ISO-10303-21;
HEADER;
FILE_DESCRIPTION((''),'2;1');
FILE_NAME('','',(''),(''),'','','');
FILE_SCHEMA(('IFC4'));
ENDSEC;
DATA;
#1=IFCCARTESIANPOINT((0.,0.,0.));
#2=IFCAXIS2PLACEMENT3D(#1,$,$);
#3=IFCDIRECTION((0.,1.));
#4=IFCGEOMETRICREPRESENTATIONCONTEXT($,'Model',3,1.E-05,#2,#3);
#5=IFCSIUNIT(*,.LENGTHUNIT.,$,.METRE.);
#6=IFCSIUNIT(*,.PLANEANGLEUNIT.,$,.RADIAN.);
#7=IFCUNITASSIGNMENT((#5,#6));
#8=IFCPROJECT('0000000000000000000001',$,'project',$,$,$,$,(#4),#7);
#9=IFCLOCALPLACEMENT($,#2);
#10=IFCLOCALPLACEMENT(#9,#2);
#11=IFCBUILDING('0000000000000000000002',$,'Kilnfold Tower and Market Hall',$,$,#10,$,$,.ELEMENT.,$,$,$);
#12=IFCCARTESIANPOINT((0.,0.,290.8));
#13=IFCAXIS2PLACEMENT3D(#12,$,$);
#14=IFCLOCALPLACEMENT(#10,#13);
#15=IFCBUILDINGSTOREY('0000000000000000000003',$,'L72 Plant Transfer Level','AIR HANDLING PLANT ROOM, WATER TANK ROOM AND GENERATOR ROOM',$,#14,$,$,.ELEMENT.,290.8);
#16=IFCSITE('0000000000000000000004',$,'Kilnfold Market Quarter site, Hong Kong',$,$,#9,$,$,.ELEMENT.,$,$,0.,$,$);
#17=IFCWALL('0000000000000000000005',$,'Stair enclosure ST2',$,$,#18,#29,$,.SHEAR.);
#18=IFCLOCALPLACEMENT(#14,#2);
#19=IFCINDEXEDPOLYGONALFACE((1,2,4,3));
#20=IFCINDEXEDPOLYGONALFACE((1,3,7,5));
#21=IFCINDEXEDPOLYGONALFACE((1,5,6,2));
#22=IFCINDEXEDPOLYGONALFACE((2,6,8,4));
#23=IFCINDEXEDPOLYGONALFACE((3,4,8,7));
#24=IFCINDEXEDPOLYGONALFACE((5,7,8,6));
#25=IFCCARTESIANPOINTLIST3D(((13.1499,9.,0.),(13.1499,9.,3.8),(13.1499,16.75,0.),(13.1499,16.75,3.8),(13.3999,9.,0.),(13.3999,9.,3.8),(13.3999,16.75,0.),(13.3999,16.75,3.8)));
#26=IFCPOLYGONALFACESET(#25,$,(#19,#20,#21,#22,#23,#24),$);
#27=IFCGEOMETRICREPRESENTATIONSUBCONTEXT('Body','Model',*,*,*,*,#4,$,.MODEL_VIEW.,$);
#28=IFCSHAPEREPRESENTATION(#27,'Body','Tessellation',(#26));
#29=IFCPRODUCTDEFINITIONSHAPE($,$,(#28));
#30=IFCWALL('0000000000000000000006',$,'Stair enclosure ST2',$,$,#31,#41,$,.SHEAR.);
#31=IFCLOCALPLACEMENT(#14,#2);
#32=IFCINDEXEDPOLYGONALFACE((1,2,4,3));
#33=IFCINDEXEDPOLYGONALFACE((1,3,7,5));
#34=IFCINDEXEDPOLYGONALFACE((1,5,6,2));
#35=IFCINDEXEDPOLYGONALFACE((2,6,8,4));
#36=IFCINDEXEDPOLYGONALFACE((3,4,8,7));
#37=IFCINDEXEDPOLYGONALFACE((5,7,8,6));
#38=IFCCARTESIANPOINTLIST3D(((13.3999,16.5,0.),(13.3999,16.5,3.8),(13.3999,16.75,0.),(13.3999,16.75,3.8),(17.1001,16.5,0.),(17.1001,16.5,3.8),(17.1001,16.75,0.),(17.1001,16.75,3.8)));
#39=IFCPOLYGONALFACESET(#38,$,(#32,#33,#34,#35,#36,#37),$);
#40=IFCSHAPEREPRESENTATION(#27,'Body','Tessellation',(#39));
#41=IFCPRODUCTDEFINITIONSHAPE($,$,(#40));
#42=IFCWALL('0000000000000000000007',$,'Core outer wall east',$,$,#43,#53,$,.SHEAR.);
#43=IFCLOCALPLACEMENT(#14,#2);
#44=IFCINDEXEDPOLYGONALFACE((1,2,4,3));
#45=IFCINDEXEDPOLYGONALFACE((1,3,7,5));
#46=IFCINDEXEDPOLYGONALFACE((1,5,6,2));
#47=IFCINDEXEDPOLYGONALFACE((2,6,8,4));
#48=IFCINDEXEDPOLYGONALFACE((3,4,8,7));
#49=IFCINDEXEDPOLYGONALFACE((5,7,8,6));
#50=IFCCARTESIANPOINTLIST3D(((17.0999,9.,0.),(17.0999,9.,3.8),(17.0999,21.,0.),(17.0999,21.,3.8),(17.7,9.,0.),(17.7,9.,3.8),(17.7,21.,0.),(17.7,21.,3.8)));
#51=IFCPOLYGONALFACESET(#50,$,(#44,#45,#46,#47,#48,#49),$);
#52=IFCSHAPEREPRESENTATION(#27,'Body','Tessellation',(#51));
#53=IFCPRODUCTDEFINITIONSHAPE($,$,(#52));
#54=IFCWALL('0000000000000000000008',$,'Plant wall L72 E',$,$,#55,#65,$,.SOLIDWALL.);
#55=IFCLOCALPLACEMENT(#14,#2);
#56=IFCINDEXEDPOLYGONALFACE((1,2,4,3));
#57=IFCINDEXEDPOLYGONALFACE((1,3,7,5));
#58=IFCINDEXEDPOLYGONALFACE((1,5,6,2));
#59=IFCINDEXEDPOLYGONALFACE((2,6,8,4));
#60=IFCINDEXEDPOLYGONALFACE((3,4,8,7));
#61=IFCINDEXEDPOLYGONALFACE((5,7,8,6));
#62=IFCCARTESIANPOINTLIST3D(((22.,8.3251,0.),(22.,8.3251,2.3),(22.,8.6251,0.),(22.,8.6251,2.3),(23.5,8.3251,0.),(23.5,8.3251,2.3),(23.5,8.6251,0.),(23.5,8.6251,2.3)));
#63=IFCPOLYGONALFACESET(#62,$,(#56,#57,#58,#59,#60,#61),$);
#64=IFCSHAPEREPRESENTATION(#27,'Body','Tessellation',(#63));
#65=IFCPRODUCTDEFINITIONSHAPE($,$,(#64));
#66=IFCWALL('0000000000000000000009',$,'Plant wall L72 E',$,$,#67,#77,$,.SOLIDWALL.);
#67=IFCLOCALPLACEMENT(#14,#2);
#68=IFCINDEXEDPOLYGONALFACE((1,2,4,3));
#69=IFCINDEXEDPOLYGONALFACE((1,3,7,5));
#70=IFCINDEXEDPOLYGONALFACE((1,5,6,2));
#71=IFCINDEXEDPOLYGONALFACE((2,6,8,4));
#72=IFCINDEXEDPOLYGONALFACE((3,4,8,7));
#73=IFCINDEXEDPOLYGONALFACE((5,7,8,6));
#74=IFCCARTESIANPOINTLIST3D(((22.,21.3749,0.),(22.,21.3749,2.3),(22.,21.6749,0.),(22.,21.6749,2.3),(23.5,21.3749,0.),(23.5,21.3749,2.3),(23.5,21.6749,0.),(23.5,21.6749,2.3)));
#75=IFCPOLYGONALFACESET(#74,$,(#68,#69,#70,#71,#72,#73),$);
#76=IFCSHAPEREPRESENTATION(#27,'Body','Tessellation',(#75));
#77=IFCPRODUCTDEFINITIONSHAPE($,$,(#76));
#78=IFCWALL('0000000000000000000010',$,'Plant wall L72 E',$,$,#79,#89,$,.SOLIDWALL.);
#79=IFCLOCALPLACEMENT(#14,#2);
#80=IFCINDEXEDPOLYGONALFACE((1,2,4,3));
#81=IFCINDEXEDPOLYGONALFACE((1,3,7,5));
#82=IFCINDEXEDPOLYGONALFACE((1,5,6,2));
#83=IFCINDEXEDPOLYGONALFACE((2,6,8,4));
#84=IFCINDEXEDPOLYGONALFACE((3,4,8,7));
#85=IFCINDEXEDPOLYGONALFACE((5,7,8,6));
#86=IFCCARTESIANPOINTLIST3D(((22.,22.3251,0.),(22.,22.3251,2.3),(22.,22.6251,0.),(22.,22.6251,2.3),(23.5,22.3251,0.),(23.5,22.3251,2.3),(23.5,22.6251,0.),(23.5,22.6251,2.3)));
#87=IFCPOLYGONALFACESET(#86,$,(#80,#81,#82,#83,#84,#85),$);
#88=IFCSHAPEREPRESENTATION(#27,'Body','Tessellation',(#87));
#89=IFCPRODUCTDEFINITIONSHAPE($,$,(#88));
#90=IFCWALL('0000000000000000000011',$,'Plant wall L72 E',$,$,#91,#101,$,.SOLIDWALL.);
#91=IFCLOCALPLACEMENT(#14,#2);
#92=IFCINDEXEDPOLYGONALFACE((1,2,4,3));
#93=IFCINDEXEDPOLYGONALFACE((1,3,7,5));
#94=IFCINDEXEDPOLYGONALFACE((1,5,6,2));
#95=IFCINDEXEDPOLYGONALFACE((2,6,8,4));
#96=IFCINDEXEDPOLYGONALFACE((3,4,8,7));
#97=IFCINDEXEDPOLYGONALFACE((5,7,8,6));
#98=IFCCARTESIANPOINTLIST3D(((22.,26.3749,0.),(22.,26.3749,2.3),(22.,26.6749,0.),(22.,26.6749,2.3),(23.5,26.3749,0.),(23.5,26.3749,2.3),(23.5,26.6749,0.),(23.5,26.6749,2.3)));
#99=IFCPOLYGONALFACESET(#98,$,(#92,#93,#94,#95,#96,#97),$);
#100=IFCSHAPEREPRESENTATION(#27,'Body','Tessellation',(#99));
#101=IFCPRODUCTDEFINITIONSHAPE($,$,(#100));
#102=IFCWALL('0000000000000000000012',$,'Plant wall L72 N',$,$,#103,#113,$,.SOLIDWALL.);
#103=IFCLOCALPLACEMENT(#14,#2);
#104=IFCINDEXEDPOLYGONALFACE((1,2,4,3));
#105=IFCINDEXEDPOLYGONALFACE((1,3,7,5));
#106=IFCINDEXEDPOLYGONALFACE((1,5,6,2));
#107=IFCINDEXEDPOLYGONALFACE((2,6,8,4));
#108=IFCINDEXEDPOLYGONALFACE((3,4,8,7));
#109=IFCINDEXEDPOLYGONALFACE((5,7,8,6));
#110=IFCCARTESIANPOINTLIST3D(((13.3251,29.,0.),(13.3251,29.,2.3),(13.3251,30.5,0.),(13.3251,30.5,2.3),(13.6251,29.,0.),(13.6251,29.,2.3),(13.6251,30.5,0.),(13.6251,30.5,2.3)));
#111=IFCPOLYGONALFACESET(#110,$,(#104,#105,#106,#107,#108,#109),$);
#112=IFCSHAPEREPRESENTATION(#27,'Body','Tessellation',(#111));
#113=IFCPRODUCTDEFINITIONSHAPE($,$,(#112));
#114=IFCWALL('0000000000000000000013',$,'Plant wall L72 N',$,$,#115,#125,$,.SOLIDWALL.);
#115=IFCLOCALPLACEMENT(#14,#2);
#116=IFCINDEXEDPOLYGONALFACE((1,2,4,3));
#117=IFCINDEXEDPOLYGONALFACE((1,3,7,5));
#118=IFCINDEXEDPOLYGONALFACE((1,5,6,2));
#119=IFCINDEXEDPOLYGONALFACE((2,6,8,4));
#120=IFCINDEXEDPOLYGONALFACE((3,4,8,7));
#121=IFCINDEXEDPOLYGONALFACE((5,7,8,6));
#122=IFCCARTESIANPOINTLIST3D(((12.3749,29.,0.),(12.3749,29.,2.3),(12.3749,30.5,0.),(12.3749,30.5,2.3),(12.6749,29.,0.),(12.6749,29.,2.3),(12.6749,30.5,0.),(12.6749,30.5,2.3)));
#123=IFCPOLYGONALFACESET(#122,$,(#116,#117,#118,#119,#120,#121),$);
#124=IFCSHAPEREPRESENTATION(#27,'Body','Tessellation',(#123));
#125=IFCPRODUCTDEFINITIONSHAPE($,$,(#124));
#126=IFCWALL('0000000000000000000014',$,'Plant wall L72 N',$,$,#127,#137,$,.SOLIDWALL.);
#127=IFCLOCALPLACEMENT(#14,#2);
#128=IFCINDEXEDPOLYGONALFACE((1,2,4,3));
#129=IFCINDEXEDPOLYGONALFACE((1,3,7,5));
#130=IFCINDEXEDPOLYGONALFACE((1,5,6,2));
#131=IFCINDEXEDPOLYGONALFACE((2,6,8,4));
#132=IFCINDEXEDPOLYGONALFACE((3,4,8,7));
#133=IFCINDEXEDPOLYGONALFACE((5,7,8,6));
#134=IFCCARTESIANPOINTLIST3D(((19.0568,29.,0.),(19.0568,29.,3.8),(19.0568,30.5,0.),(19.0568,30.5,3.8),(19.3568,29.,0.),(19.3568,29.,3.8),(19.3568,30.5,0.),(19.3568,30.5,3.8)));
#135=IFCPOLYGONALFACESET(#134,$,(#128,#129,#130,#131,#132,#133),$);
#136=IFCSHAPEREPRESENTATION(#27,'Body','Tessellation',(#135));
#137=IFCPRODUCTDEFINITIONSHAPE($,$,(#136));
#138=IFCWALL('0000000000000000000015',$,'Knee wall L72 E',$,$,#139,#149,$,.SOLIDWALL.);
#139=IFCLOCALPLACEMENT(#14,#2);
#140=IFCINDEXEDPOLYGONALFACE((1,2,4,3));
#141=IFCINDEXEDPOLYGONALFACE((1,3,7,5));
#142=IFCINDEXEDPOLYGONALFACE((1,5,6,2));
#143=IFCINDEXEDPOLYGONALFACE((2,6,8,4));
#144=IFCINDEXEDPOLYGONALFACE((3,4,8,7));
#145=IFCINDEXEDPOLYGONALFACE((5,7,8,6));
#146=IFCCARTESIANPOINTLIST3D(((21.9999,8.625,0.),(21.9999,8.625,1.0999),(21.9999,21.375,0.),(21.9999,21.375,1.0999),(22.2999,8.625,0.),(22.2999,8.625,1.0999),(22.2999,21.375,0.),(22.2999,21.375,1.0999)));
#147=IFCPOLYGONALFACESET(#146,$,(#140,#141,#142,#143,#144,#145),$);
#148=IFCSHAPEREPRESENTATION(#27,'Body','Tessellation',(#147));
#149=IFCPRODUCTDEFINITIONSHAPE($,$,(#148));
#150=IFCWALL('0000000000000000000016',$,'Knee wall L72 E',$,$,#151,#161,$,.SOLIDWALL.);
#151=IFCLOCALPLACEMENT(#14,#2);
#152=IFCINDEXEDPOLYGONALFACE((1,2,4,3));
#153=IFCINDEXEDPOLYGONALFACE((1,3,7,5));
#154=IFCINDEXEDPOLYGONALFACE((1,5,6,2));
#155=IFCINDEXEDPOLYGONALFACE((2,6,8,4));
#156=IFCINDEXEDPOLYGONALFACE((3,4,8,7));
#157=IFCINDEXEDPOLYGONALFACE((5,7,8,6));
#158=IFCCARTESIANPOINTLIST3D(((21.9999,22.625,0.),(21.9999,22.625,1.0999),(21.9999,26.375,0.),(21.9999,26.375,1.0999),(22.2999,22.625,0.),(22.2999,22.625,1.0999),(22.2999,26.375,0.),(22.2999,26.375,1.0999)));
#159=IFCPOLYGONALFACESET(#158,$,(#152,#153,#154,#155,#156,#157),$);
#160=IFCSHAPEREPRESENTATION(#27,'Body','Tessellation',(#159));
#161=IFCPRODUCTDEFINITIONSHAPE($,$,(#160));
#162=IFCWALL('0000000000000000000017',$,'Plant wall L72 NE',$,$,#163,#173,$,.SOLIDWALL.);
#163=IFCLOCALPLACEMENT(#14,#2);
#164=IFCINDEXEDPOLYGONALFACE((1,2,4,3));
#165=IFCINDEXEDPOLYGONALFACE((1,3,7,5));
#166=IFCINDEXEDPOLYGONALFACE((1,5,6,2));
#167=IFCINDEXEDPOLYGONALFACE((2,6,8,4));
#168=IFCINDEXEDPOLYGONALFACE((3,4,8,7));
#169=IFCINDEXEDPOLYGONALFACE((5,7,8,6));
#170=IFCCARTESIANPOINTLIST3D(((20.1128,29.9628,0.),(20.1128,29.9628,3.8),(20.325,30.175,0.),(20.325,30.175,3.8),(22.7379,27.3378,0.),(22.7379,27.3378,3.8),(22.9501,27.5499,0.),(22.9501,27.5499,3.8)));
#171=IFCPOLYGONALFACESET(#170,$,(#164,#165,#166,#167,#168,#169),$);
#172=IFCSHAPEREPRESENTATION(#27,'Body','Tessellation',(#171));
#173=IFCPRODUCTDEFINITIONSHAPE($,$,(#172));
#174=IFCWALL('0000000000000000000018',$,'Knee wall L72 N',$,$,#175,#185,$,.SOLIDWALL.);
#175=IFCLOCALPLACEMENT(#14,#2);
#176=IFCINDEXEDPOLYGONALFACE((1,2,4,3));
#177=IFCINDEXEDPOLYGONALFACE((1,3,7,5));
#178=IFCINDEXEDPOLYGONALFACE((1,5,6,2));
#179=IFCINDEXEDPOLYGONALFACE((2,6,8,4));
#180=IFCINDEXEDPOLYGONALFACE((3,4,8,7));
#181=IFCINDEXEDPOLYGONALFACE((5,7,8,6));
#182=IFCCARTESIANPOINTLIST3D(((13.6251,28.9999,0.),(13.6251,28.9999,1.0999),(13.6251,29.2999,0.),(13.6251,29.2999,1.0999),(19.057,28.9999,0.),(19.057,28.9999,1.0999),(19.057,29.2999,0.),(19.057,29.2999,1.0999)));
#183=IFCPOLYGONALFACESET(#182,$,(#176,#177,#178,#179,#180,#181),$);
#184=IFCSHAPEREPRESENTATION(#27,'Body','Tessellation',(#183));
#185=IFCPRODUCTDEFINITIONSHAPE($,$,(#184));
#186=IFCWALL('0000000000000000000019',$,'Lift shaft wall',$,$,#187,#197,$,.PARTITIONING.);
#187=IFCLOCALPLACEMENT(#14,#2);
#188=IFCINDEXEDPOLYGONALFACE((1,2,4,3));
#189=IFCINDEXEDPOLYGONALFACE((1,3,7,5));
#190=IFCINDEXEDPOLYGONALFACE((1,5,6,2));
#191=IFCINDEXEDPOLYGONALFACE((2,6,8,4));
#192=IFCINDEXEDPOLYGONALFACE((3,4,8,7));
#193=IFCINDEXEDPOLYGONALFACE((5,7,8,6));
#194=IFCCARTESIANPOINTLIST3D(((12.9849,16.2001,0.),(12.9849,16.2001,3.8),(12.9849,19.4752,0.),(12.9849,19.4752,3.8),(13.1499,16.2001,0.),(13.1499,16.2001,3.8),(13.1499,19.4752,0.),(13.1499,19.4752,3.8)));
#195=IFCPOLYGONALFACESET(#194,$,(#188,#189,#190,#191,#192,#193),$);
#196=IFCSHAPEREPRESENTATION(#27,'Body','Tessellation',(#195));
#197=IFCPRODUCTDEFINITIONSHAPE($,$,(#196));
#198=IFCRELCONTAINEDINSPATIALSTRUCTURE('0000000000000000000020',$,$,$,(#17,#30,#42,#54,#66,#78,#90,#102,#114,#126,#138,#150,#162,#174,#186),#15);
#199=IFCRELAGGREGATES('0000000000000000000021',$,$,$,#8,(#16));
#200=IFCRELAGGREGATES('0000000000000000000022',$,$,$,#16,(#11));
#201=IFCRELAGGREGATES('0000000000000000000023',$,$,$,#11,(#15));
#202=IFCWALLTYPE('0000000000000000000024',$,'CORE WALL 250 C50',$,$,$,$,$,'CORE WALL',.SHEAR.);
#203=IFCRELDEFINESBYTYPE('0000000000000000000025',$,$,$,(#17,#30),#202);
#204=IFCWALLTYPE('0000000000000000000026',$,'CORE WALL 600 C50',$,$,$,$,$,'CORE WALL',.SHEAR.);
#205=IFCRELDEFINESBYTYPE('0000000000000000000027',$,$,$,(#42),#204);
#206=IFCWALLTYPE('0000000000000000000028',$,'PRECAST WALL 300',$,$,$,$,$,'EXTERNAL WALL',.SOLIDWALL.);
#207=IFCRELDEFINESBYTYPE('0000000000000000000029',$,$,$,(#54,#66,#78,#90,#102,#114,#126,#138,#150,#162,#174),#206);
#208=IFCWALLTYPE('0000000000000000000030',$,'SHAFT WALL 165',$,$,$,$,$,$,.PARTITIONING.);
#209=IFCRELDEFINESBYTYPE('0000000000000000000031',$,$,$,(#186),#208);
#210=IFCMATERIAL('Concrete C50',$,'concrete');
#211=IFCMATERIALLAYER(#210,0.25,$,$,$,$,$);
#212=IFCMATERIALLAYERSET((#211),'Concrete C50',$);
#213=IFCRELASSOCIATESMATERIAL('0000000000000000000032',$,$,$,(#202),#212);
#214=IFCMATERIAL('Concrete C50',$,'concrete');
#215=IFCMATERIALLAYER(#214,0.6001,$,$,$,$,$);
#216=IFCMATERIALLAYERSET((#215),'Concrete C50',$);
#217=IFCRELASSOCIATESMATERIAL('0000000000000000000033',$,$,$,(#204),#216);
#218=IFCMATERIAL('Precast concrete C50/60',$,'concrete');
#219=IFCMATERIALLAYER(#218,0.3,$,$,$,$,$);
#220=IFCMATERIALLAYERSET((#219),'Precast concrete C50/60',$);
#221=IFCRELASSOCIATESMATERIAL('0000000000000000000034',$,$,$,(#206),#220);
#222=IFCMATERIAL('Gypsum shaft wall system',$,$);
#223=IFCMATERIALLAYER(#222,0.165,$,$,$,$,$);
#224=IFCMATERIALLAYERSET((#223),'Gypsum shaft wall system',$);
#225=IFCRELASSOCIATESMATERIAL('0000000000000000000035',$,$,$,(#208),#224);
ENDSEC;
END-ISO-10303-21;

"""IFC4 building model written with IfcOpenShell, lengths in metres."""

from ifc_helpers import new_model, si_unit, direction, frame, frame_2d, origin, place, context, subcontext, project, spatial, rectangle, extrude, source, transform, mapped, material, layer, layer_set, type_object, element, save


model = new_model("IFC4")

# Units and contexts
model_context = context("Model", 3, precision=1e-05, world=origin(), true_north=direction((0.0, 1.0)))
body_context = subcontext(model_context, "Body", "Model", "MODEL_VIEW")
ifc_project = project(units=[si_unit("LENGTHUNIT", "METRE"), si_unit("PLANEANGLEUNIT", "RADIAN")], contexts=[model_context])

# Site, building, storey
site_placement = place(None, origin())
site = spatial("IfcSite", under=ifc_project, at=site_placement, Name="Kilnfold Market Quarter site, Hong Kong", CompositionType="ELEMENT", RefElevation=0.0)
building_placement = place(site_placement, origin())
building = spatial("IfcBuilding", under=site, at=building_placement, Name="Kilnfold Tower and Market Hall", CompositionType="ELEMENT")
storey_placement = place(building_placement, frame((0.0, 0.0, 290.8)))
storey = spatial("IfcBuildingStorey", under=building, at=storey_placement, Name="L72 Plant Transfer Level", Description="AIR HANDLING PLANT ROOM, WATER TANK ROOM AND GENERATOR ROOM", CompositionType="ELEMENT", Elevation=290.8)

# Walls
ifc_material_1 = material(Name="Concrete C50", Category="concrete")
ifc_layer_1 = layer(ifc_material_1, 0.25)
ifc_layer_set_1 = layer_set([ifc_layer_1], Name="Concrete C50")
wall_type_1 = type_object("IfcWallType", Name="CORE WALL 250 C50", ElementType="CORE WALL", PredefinedType="SHEAR", material=ifc_layer_set_1)
shared_shape_1 = source(origin(), body_context, "Body", "SweptSolid", [
    extrude(rectangle(XDim=7.75, YDim=0.25, at=frame_2d((3.875, 0.0))), origin(), (0.0, 0.0, 1.0), 3.8),
])
wall_1_placement = place(storey_placement, frame((13.2749, 9.0, 0.0), z_axis=(0.0, 0.0, 1.0), x_axis=(0.0, 1.0, 0.0)))
element("IfcWall", 1, at=wall_1_placement, inside=storey, type_object=wall_type_1, Name="Stair enclosure ST2", PredefinedType="SHEAR", context=body_context, shape_type="MappedRepresentation", body=[
    mapped(shared_shape_1, transform((0.0, 0.0, 0.0))),
])
shared_shape_2 = source(origin(), body_context, "Body", "SweptSolid", [
    extrude(rectangle(XDim=3.7002, YDim=0.25, at=frame_2d((1.8501, 0.0))), origin(), (0.0, 0.0, 1.0), 3.8),
])
wall_2_placement = place(storey_placement, frame((13.3999, 16.625, 0.0), z_axis=(0.0, 0.0, 1.0), x_axis=(1.0, 0.0, 0.0)))
element("IfcWall", 2, at=wall_2_placement, inside=storey, type_object=wall_type_1, Name="Stair enclosure ST2", PredefinedType="SHEAR", context=body_context, shape_type="MappedRepresentation", body=[
    mapped(shared_shape_2, transform((0.0, 0.0, 0.0))),
])
ifc_material_2 = material(Name="Concrete C50", Category="concrete")
ifc_layer_2 = layer(ifc_material_2, 0.6001)
ifc_layer_set_2 = layer_set([ifc_layer_2], Name="Concrete C50")
wall_type_2 = type_object("IfcWallType", Name="CORE WALL 600 C50", ElementType="CORE WALL", PredefinedType="SHEAR", material=ifc_layer_set_2)
shared_shape_3 = source(origin(), body_context, "Body", "SweptSolid", [
    extrude(rectangle(XDim=12.0, YDim=0.6001, at=frame_2d((6.0, 0.0))), origin(), (0.0, 0.0, 1.0), 3.8),
])
wall_3_placement = place(storey_placement, frame((17.3999, 9.0, 0.0), z_axis=(0.0, 0.0, 1.0), x_axis=(0.0, 1.0, 0.0)))
element("IfcWall", 3, at=wall_3_placement, inside=storey, type_object=wall_type_2, Name="Core outer wall east", PredefinedType="SHEAR", context=body_context, shape_type="MappedRepresentation", body=[
    mapped(shared_shape_3, transform((0.0, 0.0, 0.0))),
])
ifc_material_3 = material(Name="Precast concrete C50/60", Category="concrete")
ifc_layer_3 = layer(ifc_material_3, 0.3)
ifc_layer_set_3 = layer_set([ifc_layer_3], Name="Precast concrete C50/60")
wall_type_3 = type_object("IfcWallType", Name="PRECAST WALL 300", ElementType="EXTERNAL WALL", PredefinedType="SOLIDWALL", material=ifc_layer_set_3)
shared_shape_4 = source(origin(), body_context, "Body", "SweptSolid", [
    extrude(rectangle(XDim=1.5, YDim=0.3, at=frame_2d((0.75, 0.0))), origin(), (0.0, 0.0, 1.0), 2.3),
])
for number, where, z_axis, x_axis, name in (
    (4, (23.5, 8.4751, 0.0), (0.0, 0.0, 1.0), (-1.0, 0.0, 0.0), "Plant wall L72 E"),
    (5, (23.5, 21.5249, 0.0), (0.0, 0.0, 1.0), (-1.0, 0.0, 0.0), "Plant wall L72 E"),
    (6, (23.5, 22.4751, 0.0), (0.0, 0.0, 1.0), (-1.0, 0.0, 0.0), "Plant wall L72 E"),
    (7, (23.5, 26.5249, 0.0), (0.0, 0.0, 1.0), (-1.0, 0.0, 0.0), "Plant wall L72 E"),
    (8, (13.4751, 30.5, 0.0), (0.0, 0.0, 1.0), (0.0, -1.0, 0.0), "Plant wall L72 N"),
    (9, (12.5249, 30.5, 0.0), (0.0, 0.0, 1.0), (0.0, -1.0, 0.0), "Plant wall L72 N"),
):
    element("IfcWall", number, at=place(storey_placement, frame(where, z_axis=z_axis, x_axis=x_axis)), inside=storey, type_object=wall_type_3, Name=name, PredefinedType="SOLIDWALL", context=body_context, shape_type="MappedRepresentation", body=[
        mapped(shared_shape_4, transform((0.0, 0.0, 0.0))),
    ])
shared_shape_5 = source(origin(), body_context, "Body", "SweptSolid", [
    extrude(rectangle(XDim=1.5, YDim=0.3, at=frame_2d((0.75, 0.0))), origin(), (0.0, 0.0, 1.0), 3.8),
])
wall_4_placement = place(storey_placement, frame((19.2068, 30.5, 0.0), z_axis=(0.0, 0.0, 1.0), x_axis=(0.0, -1.0, 0.0)))
element("IfcWall", 10, at=wall_4_placement, inside=storey, type_object=wall_type_3, Name="Plant wall L72 N", PredefinedType="SOLIDWALL", context=body_context, shape_type="MappedRepresentation", body=[
    mapped(shared_shape_5, transform((0.0, 0.0, 0.0))),
])
shared_shape_6 = source(origin(), body_context, "Body", "SweptSolid", [
    extrude(rectangle(XDim=12.75, YDim=0.3, at=frame_2d((6.375, 0.0))), origin(), (0.0, 0.0, 1.0), 1.0999),
])
wall_5_placement = place(storey_placement, frame((22.1499, 8.625, 0.0), z_axis=(0.0, 0.0, 1.0), x_axis=(0.0, 1.0, 0.0)))
element("IfcWall", 11, at=wall_5_placement, inside=storey, type_object=wall_type_3, Name="Knee wall L72 E", PredefinedType="SOLIDWALL", context=body_context, shape_type="MappedRepresentation", body=[
    mapped(shared_shape_6, transform((0.0, 0.0, 0.0))),
])
shared_shape_7 = source(origin(), body_context, "Body", "SweptSolid", [
    extrude(rectangle(XDim=3.75, YDim=0.3, at=frame_2d((1.875, 0.0))), origin(), (0.0, 0.0, 1.0), 1.0999),
])
wall_6_placement = place(storey_placement, frame((22.1499, 22.625, 0.0), z_axis=(0.0, 0.0, 1.0), x_axis=(0.0, 1.0, 0.0)))
element("IfcWall", 12, at=wall_6_placement, inside=storey, type_object=wall_type_3, Name="Knee wall L72 E", PredefinedType="SOLIDWALL", context=body_context, shape_type="MappedRepresentation", body=[
    mapped(shared_shape_7, transform((0.0, 0.0, 0.0))),
])
shared_shape_8 = source(origin(), body_context, "Body", "SweptSolid", [
    extrude(rectangle(XDim=3.7124, YDim=0.3, at=frame_2d((1.8562, 0.0))), origin(), (0.0, 0.0, 1.0), 3.8),
])
wall_7_placement = place(storey_placement, frame((22.844, 27.4438, 0.0), z_axis=(0.0, 0.0, 1.0), x_axis=(-0.707107, 0.707107, 0.0)))
element("IfcWall", 13, at=wall_7_placement, inside=storey, type_object=wall_type_3, Name="Plant wall L72 NE", PredefinedType="SOLIDWALL", context=body_context, shape_type="MappedRepresentation", body=[
    mapped(shared_shape_8, transform((0.0, 0.0, 0.0))),
])
shared_shape_9 = source(origin(), body_context, "Body", "SweptSolid", [
    extrude(rectangle(XDim=5.4319, YDim=0.3, at=frame_2d((2.7158, 0.0))), origin(), (0.0, 0.0, 1.0), 1.0999),
])
wall_8_placement = place(storey_placement, frame((19.0569, 29.1499, 0.0), z_axis=(0.0, 0.0, 1.0), x_axis=(-1.0, 0.0, 0.0)))
element("IfcWall", 14, at=wall_8_placement, inside=storey, type_object=wall_type_3, Name="Knee wall L72 N", PredefinedType="SOLIDWALL", context=body_context, shape_type="MappedRepresentation", body=[
    mapped(shared_shape_9, transform((0.0, 0.0, 0.0))),
])
ifc_material_4 = material(Name="Gypsum shaft wall system")
ifc_layer_4 = layer(ifc_material_4, 0.165)
ifc_layer_set_4 = layer_set([ifc_layer_4], Name="Gypsum shaft wall system")
wall_type_4 = type_object("IfcWallType", Name="SHAFT WALL 165", PredefinedType="PARTITIONING", material=ifc_layer_set_4)
shared_shape_10 = source(origin(), body_context, "Body", "SweptSolid", [
    extrude(rectangle(XDim=3.2751, YDim=0.165, at=frame_2d((1.6377, 0.0))), origin(), (0.0, 0.0, 1.0), 3.8),
])
wall_9_placement = place(storey_placement, frame((13.0674, 16.2, 0.0), z_axis=(0.0, 0.0, 1.0), x_axis=(0.0, 1.0, 0.0)))
element("IfcWall", 15, at=wall_9_placement, inside=storey, type_object=wall_type_4, Name="Lift shaft wall", PredefinedType="PARTITIONING", context=body_context, shape_type="MappedRepresentation", body=[
    mapped(shared_shape_10, transform((0.0, 0.0, 0.0))),
])

save(model, "model.ifc")
